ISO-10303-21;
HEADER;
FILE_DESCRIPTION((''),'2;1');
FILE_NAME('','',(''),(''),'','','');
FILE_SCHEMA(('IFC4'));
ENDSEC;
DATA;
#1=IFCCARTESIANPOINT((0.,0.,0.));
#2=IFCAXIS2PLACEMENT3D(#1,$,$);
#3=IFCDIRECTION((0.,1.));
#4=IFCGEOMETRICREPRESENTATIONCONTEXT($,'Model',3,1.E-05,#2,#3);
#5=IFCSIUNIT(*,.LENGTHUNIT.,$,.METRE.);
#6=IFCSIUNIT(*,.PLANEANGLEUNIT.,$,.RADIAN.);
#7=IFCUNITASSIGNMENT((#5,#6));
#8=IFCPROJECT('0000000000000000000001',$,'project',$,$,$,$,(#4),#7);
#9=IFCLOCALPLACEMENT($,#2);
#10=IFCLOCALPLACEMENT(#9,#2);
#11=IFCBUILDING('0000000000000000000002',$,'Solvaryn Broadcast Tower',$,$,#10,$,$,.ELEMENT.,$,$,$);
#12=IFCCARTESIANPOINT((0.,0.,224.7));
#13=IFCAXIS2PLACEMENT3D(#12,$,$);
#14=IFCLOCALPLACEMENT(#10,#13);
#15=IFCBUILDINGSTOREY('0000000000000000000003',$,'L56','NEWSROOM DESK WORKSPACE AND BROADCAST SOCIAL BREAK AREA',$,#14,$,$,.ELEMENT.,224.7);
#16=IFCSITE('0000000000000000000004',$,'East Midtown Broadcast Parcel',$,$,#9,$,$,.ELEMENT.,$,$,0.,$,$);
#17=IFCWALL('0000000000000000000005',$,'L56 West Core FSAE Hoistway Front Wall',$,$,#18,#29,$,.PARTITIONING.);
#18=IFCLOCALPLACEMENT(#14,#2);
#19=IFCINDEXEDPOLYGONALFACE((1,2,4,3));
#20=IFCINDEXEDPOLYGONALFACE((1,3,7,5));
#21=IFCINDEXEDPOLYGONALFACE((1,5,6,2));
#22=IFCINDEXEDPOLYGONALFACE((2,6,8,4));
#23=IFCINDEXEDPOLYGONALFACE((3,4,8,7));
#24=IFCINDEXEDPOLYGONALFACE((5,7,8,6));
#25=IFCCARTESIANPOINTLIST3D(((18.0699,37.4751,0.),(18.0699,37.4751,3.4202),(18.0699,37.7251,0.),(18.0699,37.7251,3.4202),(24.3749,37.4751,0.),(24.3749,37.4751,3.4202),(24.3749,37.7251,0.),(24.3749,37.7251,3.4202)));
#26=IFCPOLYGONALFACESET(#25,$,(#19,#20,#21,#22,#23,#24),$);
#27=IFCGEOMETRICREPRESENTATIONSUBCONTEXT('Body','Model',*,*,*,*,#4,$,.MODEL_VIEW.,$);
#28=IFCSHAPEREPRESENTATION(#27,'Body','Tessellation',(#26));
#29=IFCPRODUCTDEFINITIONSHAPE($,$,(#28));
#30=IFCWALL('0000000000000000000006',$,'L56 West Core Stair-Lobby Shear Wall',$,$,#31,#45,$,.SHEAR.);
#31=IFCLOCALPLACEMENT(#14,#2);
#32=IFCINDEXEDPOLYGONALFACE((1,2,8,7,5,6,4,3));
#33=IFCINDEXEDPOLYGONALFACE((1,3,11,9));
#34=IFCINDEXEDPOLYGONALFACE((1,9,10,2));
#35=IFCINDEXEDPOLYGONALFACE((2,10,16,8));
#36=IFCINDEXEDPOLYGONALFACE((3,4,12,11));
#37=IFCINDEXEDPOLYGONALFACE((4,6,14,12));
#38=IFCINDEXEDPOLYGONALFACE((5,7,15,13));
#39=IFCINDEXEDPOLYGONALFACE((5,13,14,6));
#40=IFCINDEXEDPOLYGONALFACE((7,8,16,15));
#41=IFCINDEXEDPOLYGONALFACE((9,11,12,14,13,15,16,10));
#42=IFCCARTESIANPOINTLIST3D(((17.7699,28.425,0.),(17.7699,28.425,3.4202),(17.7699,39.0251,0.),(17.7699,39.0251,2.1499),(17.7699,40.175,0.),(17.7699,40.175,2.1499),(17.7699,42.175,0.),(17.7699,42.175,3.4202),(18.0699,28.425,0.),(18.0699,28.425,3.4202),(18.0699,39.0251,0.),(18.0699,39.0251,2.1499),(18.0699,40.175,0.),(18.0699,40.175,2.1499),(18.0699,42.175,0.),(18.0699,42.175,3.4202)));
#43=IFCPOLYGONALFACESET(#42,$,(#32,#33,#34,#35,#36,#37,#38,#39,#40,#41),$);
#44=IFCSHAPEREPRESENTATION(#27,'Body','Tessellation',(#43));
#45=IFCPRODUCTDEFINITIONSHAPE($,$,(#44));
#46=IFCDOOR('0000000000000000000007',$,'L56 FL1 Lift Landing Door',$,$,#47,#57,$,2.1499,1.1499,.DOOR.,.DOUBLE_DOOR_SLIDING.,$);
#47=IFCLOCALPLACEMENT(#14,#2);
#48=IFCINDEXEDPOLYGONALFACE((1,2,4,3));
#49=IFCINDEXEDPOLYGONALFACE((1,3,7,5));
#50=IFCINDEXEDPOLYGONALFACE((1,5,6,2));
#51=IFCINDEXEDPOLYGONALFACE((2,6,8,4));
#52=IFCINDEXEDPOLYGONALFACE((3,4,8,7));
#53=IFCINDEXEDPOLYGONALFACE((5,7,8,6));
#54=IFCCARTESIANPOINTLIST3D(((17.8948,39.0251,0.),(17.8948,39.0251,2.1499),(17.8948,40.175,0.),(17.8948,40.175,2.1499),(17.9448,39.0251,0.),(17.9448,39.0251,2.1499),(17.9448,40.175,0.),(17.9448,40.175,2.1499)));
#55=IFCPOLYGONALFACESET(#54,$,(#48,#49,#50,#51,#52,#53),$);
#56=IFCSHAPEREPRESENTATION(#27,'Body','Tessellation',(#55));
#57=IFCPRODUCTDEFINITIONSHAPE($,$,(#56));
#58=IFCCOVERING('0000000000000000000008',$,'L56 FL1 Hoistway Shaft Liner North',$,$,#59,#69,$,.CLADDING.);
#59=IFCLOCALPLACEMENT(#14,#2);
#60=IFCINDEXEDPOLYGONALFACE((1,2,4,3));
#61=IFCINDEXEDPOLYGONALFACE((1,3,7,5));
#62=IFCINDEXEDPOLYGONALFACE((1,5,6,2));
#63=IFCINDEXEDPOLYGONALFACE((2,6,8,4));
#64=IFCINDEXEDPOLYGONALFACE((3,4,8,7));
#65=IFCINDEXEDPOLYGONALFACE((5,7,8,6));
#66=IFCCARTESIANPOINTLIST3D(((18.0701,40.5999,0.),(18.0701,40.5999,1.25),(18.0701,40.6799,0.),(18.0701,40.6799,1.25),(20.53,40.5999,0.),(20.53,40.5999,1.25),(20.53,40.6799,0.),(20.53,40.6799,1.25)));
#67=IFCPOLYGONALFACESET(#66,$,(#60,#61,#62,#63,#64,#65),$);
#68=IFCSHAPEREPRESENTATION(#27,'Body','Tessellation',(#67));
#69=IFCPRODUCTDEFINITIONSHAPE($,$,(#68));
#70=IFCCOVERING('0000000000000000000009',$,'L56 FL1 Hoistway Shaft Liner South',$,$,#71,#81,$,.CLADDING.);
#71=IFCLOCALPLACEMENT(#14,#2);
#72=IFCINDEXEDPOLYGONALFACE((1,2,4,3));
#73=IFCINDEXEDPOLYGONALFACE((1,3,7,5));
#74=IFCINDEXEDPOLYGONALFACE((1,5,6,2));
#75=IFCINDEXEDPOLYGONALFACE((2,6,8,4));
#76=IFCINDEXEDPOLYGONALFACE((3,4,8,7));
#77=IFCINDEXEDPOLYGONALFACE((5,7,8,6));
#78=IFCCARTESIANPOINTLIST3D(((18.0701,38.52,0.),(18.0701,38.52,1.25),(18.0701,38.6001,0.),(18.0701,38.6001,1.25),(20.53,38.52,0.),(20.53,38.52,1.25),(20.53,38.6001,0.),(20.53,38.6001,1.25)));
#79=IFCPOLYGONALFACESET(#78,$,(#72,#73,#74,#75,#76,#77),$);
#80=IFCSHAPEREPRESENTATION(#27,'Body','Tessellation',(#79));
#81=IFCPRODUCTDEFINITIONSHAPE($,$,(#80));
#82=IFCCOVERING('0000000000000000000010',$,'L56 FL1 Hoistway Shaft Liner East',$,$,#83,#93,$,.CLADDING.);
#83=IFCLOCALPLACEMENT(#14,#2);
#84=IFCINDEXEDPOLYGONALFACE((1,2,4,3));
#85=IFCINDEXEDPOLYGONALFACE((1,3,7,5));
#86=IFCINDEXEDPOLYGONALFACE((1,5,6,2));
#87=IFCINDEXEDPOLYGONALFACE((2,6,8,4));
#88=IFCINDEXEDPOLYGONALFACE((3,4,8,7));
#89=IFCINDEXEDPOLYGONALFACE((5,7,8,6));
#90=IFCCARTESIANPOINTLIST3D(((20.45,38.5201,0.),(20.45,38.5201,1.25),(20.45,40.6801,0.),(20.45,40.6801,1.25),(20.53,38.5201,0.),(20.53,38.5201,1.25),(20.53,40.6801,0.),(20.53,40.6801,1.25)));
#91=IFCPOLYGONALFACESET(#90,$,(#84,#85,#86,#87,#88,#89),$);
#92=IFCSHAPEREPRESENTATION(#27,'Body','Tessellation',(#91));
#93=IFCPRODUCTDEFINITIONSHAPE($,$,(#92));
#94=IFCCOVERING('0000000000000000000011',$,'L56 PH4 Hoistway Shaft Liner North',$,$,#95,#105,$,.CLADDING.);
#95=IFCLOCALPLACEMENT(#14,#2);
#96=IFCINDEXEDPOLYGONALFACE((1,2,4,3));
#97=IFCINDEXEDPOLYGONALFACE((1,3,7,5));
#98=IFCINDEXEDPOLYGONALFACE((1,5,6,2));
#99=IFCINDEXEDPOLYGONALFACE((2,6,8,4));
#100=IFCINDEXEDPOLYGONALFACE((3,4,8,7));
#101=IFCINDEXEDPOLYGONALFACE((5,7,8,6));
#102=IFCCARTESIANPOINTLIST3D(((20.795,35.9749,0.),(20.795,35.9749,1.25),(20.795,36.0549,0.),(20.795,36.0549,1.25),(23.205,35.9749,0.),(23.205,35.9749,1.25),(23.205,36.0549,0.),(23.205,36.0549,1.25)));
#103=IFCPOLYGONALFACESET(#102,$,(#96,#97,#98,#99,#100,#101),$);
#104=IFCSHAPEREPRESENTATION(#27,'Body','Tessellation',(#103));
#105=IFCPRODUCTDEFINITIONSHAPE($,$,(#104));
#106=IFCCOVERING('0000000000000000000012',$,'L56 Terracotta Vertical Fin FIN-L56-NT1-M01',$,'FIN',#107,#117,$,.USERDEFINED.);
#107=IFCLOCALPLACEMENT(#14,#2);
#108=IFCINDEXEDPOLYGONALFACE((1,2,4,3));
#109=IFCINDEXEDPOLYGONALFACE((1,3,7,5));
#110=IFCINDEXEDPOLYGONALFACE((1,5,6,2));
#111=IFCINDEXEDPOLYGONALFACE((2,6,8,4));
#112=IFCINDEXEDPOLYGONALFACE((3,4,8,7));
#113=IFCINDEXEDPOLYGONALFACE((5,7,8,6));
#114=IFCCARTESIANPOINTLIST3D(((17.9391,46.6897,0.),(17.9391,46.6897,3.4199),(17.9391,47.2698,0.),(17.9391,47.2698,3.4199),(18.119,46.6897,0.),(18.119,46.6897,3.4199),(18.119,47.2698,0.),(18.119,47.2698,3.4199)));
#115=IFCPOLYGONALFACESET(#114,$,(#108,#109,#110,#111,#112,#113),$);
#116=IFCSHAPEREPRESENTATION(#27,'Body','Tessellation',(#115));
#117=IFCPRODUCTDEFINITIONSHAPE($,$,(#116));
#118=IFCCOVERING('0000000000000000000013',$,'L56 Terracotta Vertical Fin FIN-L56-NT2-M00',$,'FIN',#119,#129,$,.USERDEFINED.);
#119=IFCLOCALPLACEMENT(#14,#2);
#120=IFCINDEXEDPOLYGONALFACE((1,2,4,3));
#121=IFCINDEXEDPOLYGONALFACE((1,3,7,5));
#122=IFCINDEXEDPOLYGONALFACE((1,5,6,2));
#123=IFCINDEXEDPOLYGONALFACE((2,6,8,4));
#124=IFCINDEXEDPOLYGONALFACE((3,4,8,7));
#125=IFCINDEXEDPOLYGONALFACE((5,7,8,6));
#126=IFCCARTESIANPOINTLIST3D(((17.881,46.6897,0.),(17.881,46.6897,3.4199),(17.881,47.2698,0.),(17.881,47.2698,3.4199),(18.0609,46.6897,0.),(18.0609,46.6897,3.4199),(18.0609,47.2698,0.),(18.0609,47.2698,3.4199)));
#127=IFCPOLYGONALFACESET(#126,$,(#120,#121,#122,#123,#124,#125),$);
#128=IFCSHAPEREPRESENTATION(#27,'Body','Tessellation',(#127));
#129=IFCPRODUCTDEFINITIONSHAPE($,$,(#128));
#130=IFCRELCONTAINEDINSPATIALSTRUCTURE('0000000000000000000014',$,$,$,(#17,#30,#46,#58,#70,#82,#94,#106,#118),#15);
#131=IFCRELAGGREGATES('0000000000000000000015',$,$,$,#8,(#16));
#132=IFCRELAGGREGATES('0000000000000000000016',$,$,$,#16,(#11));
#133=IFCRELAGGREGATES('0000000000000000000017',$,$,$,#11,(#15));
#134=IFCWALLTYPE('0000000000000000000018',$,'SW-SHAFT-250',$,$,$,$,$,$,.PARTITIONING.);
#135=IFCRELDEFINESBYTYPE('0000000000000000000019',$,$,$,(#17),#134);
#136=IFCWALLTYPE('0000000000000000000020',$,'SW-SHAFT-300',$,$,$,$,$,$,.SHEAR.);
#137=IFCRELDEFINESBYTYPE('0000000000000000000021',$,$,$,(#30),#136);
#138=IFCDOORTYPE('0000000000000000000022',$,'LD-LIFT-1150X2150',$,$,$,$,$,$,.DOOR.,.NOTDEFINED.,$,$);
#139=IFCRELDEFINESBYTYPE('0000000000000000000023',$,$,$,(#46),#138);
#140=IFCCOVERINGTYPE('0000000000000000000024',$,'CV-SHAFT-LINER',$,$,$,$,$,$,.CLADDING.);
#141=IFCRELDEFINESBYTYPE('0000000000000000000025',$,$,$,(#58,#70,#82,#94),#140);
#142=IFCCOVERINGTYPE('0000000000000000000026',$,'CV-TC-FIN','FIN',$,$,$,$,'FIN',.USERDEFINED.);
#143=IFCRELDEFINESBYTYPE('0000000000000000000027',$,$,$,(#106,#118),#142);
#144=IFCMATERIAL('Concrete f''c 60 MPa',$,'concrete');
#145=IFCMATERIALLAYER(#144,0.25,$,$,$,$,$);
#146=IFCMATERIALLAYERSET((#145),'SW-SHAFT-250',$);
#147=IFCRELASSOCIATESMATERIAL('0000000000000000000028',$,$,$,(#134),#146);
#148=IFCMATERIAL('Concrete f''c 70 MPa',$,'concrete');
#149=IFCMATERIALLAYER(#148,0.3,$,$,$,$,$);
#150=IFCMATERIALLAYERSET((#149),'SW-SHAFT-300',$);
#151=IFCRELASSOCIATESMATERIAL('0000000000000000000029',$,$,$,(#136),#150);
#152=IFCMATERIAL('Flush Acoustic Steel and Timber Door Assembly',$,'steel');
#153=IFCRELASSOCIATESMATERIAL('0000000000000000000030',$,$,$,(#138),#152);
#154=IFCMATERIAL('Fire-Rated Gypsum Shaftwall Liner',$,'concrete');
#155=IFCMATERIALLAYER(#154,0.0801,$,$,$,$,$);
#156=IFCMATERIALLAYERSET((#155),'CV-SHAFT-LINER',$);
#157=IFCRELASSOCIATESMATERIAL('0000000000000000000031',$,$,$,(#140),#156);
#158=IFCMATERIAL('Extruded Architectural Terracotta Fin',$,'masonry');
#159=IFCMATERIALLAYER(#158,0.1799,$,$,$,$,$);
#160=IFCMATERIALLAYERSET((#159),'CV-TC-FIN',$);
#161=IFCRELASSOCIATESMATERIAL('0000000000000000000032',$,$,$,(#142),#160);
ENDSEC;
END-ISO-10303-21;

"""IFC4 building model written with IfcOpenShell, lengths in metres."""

from ifc_helpers import new_model, si_unit, direction, frame, frame_2d, origin, origin_2d, place, context, subcontext, project, spatial, rectangle, extrude, material, layer, layer_set, type_object, element, fill, save


model = new_model("IFC4")

# Units and contexts
model_context = context("Model", 3, precision=1e-05, world=origin(), true_north=direction((0.0, 1.0)))
body_context = subcontext(model_context, "Body", "Model", "MODEL_VIEW")
ifc_project = project(units=[si_unit("LENGTHUNIT", "METRE"), si_unit("PLANEANGLEUNIT", "RADIAN")], contexts=[model_context])

# Site, building, storey
site_placement = place(None, origin())
site = spatial("IfcSite", under=ifc_project, at=site_placement, Name="East Midtown Broadcast Parcel", CompositionType="ELEMENT", RefElevation=0.0)
building_placement = place(site_placement, origin())
building = spatial("IfcBuilding", under=site, at=building_placement, Name="Solvaryn Broadcast Tower", CompositionType="ELEMENT")
storey_placement = place(building_placement, frame((0.0, 0.0, 224.7)))
storey = spatial("IfcBuildingStorey", under=building, at=storey_placement, Name="L56", Description="NEWSROOM DESK WORKSPACE AND BROADCAST SOCIAL BREAK AREA", CompositionType="ELEMENT", Elevation=224.7)

# Wall
ifc_material_1 = material(Name="Concrete f'c 60 MPa", Category="concrete")
ifc_layer_1 = layer(ifc_material_1, 0.25)
ifc_layer_set_1 = layer_set([ifc_layer_1], Name="SW-SHAFT-250")
wall_type_1 = type_object("IfcWallType", Name="SW-SHAFT-250", PredefinedType="PARTITIONING", material=ifc_layer_set_1)
wall_1_placement = place(storey_placement, frame((18.0701, 37.6001, 0.0), z_axis=(0.0, 0.0, 1.0), x_axis=(1.0, 0.0, 0.0)))
element("IfcWall", 1, at=wall_1_placement, inside=storey, type_object=wall_type_1, Name="L56 West Core FSAE Hoistway Front Wall", PredefinedType="PARTITIONING", context=body_context, shape_type="SweptSolid", body=[
    extrude(rectangle(XDim=6.3049, YDim=0.25, at=frame_2d((3.1523, 0.0))), origin(), (0.0, 0.0, 1.0), 3.4202),
])

# Wall, opening, door
ifc_material_2 = material(Name="Concrete f'c 70 MPa", Category="concrete")
ifc_layer_2 = layer(ifc_material_2, 0.3)
ifc_layer_set_2 = layer_set([ifc_layer_2], Name="SW-SHAFT-300")
wall_type_2 = type_object("IfcWallType", Name="SW-SHAFT-300", PredefinedType="SHEAR", material=ifc_layer_set_2)
wall_2_placement = place(storey_placement, frame((17.9199, 42.175, 0.0), z_axis=(0.0, 0.0, 1.0), x_axis=(0.0, -1.0, 0.0)))
wall_2 = element("IfcWall", 2, at=wall_2_placement, inside=storey, type_object=wall_type_2, Name="L56 West Core Stair-Lobby Shear Wall", PredefinedType="SHEAR", context=body_context, shape_type="SweptSolid", body=[
    extrude(rectangle(XDim=13.75, YDim=0.3, at=frame_2d((6.875, 0.0))), origin(), (0.0, 0.0, 1.0), 3.4202),
])
opening_1_placement = place(wall_2_placement, frame((2.0, 0.0, 0.0)))
opening_1 = element("IfcOpeningElement", 3, at=opening_1_placement, cuts=wall_2, PredefinedType="OPENING", context=body_context, shape_type="SweptSolid", body=[
    extrude(rectangle(XDim=1.1499, YDim=2.1499, at=frame_2d((0.575, 1.075))), frame((0.0, 0.1599, 0.0), z_axis=(0.0, -1.0, 0.0), x_axis=(1.0, 0.0, 0.0)), (0.0, 0.0, 1.0), 0.3201),
])
ifc_material_3 = material(Name="Flush Acoustic Steel and Timber Door Assembly", Category="steel")
door_type_1 = type_object("IfcDoorType", Name="LD-LIFT-1150X2150", OperationType="NOTDEFINED", PredefinedType="DOOR", material=ifc_material_3)
door_1_placement = place(opening_1_placement, origin())
door_1 = element("IfcDoor", 4, at=door_1_placement, inside=storey, type_object=door_type_1, Name="L56 FL1 Lift Landing Door", OperationType="DOUBLE_DOOR_SLIDING", OverallHeight=2.1499, OverallWidth=1.1499, PredefinedType="DOOR", context=body_context, shape_type="SweptSolid", body=[
    extrude(rectangle(XDim=1.1499, YDim=2.1499, at=frame_2d((0.575, 1.075))), frame((0.0, 0.0249, 0.0), z_axis=(0.0, -1.0, 0.0), x_axis=(1.0, 0.0, 0.0)), (0.0, 0.0, 1.0), 0.05),
])
fill(opening_1, door_1)

# Coverings
ifc_material_4 = material(Name="Fire-Rated Gypsum Shaftwall Liner", Category="concrete")
ifc_layer_3 = layer(ifc_material_4, 0.0801)
ifc_layer_set_3 = layer_set([ifc_layer_3], Name="CV-SHAFT-LINER")
covering_type_1 = type_object("IfcCoveringType", Name="CV-SHAFT-LINER", PredefinedType="CLADDING", material=ifc_layer_set_3)
for number, where, z_axis, x_axis, name in (
    (5, (19.3, 40.6399, 0.0), (0.0, 0.0, 1.0), (1.0, 0.0, 0.0), "L56 FL1 Hoistway Shaft Liner North"),
    (6, (19.3, 38.5601, 0.0), (0.0, 0.0, 1.0), (1.0, 0.0, 0.0), "L56 FL1 Hoistway Shaft Liner South"),
):
    element("IfcCovering", number, at=place(storey_placement, frame(where, z_axis=z_axis, x_axis=x_axis)), inside=storey, type_object=covering_type_1, Name=name, PredefinedType="CLADDING", context=body_context, shape_type="SweptSolid", body=[
        extrude(rectangle(XDim=2.46, YDim=0.0801, at=origin_2d()), origin(), (0.0, 0.0, 1.0), 1.25),
    ])
covering_1_placement = place(storey_placement, frame((20.49, 39.6001, 0.0), z_axis=(0.0, 0.0, 1.0), x_axis=(1.0, 0.0, 0.0)))
element("IfcCovering", 7, at=covering_1_placement, inside=storey, type_object=covering_type_1, Name="L56 FL1 Hoistway Shaft Liner East", PredefinedType="CLADDING", context=body_context, shape_type="SweptSolid", body=[
    extrude(rectangle(XDim=0.0801, YDim=2.1599, at=origin_2d()), origin(), (0.0, 0.0, 1.0), 1.25),
])
covering_2_placement = place(storey_placement, frame((22.0, 36.0149, 0.0), z_axis=(0.0, 0.0, 1.0), x_axis=(1.0, 0.0, 0.0)))
element("IfcCovering", 8, at=covering_2_placement, inside=storey, type_object=covering_type_1, Name="L56 PH4 Hoistway Shaft Liner North", PredefinedType="CLADDING", context=body_context, shape_type="SweptSolid", body=[
    extrude(rectangle(XDim=2.4099, YDim=0.0801, at=origin_2d()), origin(), (0.0, 0.0, 1.0), 1.25),
])
ifc_material_5 = material(Name="Extruded Architectural Terracotta Fin", Category="masonry")
ifc_layer_4 = layer(ifc_material_5, 0.1799)
ifc_layer_set_4 = layer_set([ifc_layer_4], Name="CV-TC-FIN")
covering_type_2 = type_object("IfcCoveringType", Name="CV-TC-FIN", Description="FIN", ElementType="FIN", PredefinedType="USERDEFINED", material=ifc_layer_set_4)
for number, where, z_axis, x_axis, name in (
    (9, (18.0291, 46.9797, 0.0), (0.0, 0.0, 1.0), (1.0, 0.0, 0.0), "L56 Terracotta Vertical Fin FIN-L56-NT1-M01"),
    (10, (17.9709, 46.9797, 0.0), (0.0, 0.0, 1.0), (1.0, 0.0, 0.0), "L56 Terracotta Vertical Fin FIN-L56-NT2-M00"),
):
    element("IfcCovering", number, at=place(storey_placement, frame(where, z_axis=z_axis, x_axis=x_axis)), inside=storey, type_object=covering_type_2, Name=name, ObjectType="FIN", PredefinedType="USERDEFINED", context=body_context, shape_type="SweptSolid", body=[
        extrude(rectangle(XDim=0.1799, YDim=0.5801, at=origin_2d()), origin(), (0.0, 0.0, 1.0), 3.4199),
    ])

save(model, "model.ifc")
